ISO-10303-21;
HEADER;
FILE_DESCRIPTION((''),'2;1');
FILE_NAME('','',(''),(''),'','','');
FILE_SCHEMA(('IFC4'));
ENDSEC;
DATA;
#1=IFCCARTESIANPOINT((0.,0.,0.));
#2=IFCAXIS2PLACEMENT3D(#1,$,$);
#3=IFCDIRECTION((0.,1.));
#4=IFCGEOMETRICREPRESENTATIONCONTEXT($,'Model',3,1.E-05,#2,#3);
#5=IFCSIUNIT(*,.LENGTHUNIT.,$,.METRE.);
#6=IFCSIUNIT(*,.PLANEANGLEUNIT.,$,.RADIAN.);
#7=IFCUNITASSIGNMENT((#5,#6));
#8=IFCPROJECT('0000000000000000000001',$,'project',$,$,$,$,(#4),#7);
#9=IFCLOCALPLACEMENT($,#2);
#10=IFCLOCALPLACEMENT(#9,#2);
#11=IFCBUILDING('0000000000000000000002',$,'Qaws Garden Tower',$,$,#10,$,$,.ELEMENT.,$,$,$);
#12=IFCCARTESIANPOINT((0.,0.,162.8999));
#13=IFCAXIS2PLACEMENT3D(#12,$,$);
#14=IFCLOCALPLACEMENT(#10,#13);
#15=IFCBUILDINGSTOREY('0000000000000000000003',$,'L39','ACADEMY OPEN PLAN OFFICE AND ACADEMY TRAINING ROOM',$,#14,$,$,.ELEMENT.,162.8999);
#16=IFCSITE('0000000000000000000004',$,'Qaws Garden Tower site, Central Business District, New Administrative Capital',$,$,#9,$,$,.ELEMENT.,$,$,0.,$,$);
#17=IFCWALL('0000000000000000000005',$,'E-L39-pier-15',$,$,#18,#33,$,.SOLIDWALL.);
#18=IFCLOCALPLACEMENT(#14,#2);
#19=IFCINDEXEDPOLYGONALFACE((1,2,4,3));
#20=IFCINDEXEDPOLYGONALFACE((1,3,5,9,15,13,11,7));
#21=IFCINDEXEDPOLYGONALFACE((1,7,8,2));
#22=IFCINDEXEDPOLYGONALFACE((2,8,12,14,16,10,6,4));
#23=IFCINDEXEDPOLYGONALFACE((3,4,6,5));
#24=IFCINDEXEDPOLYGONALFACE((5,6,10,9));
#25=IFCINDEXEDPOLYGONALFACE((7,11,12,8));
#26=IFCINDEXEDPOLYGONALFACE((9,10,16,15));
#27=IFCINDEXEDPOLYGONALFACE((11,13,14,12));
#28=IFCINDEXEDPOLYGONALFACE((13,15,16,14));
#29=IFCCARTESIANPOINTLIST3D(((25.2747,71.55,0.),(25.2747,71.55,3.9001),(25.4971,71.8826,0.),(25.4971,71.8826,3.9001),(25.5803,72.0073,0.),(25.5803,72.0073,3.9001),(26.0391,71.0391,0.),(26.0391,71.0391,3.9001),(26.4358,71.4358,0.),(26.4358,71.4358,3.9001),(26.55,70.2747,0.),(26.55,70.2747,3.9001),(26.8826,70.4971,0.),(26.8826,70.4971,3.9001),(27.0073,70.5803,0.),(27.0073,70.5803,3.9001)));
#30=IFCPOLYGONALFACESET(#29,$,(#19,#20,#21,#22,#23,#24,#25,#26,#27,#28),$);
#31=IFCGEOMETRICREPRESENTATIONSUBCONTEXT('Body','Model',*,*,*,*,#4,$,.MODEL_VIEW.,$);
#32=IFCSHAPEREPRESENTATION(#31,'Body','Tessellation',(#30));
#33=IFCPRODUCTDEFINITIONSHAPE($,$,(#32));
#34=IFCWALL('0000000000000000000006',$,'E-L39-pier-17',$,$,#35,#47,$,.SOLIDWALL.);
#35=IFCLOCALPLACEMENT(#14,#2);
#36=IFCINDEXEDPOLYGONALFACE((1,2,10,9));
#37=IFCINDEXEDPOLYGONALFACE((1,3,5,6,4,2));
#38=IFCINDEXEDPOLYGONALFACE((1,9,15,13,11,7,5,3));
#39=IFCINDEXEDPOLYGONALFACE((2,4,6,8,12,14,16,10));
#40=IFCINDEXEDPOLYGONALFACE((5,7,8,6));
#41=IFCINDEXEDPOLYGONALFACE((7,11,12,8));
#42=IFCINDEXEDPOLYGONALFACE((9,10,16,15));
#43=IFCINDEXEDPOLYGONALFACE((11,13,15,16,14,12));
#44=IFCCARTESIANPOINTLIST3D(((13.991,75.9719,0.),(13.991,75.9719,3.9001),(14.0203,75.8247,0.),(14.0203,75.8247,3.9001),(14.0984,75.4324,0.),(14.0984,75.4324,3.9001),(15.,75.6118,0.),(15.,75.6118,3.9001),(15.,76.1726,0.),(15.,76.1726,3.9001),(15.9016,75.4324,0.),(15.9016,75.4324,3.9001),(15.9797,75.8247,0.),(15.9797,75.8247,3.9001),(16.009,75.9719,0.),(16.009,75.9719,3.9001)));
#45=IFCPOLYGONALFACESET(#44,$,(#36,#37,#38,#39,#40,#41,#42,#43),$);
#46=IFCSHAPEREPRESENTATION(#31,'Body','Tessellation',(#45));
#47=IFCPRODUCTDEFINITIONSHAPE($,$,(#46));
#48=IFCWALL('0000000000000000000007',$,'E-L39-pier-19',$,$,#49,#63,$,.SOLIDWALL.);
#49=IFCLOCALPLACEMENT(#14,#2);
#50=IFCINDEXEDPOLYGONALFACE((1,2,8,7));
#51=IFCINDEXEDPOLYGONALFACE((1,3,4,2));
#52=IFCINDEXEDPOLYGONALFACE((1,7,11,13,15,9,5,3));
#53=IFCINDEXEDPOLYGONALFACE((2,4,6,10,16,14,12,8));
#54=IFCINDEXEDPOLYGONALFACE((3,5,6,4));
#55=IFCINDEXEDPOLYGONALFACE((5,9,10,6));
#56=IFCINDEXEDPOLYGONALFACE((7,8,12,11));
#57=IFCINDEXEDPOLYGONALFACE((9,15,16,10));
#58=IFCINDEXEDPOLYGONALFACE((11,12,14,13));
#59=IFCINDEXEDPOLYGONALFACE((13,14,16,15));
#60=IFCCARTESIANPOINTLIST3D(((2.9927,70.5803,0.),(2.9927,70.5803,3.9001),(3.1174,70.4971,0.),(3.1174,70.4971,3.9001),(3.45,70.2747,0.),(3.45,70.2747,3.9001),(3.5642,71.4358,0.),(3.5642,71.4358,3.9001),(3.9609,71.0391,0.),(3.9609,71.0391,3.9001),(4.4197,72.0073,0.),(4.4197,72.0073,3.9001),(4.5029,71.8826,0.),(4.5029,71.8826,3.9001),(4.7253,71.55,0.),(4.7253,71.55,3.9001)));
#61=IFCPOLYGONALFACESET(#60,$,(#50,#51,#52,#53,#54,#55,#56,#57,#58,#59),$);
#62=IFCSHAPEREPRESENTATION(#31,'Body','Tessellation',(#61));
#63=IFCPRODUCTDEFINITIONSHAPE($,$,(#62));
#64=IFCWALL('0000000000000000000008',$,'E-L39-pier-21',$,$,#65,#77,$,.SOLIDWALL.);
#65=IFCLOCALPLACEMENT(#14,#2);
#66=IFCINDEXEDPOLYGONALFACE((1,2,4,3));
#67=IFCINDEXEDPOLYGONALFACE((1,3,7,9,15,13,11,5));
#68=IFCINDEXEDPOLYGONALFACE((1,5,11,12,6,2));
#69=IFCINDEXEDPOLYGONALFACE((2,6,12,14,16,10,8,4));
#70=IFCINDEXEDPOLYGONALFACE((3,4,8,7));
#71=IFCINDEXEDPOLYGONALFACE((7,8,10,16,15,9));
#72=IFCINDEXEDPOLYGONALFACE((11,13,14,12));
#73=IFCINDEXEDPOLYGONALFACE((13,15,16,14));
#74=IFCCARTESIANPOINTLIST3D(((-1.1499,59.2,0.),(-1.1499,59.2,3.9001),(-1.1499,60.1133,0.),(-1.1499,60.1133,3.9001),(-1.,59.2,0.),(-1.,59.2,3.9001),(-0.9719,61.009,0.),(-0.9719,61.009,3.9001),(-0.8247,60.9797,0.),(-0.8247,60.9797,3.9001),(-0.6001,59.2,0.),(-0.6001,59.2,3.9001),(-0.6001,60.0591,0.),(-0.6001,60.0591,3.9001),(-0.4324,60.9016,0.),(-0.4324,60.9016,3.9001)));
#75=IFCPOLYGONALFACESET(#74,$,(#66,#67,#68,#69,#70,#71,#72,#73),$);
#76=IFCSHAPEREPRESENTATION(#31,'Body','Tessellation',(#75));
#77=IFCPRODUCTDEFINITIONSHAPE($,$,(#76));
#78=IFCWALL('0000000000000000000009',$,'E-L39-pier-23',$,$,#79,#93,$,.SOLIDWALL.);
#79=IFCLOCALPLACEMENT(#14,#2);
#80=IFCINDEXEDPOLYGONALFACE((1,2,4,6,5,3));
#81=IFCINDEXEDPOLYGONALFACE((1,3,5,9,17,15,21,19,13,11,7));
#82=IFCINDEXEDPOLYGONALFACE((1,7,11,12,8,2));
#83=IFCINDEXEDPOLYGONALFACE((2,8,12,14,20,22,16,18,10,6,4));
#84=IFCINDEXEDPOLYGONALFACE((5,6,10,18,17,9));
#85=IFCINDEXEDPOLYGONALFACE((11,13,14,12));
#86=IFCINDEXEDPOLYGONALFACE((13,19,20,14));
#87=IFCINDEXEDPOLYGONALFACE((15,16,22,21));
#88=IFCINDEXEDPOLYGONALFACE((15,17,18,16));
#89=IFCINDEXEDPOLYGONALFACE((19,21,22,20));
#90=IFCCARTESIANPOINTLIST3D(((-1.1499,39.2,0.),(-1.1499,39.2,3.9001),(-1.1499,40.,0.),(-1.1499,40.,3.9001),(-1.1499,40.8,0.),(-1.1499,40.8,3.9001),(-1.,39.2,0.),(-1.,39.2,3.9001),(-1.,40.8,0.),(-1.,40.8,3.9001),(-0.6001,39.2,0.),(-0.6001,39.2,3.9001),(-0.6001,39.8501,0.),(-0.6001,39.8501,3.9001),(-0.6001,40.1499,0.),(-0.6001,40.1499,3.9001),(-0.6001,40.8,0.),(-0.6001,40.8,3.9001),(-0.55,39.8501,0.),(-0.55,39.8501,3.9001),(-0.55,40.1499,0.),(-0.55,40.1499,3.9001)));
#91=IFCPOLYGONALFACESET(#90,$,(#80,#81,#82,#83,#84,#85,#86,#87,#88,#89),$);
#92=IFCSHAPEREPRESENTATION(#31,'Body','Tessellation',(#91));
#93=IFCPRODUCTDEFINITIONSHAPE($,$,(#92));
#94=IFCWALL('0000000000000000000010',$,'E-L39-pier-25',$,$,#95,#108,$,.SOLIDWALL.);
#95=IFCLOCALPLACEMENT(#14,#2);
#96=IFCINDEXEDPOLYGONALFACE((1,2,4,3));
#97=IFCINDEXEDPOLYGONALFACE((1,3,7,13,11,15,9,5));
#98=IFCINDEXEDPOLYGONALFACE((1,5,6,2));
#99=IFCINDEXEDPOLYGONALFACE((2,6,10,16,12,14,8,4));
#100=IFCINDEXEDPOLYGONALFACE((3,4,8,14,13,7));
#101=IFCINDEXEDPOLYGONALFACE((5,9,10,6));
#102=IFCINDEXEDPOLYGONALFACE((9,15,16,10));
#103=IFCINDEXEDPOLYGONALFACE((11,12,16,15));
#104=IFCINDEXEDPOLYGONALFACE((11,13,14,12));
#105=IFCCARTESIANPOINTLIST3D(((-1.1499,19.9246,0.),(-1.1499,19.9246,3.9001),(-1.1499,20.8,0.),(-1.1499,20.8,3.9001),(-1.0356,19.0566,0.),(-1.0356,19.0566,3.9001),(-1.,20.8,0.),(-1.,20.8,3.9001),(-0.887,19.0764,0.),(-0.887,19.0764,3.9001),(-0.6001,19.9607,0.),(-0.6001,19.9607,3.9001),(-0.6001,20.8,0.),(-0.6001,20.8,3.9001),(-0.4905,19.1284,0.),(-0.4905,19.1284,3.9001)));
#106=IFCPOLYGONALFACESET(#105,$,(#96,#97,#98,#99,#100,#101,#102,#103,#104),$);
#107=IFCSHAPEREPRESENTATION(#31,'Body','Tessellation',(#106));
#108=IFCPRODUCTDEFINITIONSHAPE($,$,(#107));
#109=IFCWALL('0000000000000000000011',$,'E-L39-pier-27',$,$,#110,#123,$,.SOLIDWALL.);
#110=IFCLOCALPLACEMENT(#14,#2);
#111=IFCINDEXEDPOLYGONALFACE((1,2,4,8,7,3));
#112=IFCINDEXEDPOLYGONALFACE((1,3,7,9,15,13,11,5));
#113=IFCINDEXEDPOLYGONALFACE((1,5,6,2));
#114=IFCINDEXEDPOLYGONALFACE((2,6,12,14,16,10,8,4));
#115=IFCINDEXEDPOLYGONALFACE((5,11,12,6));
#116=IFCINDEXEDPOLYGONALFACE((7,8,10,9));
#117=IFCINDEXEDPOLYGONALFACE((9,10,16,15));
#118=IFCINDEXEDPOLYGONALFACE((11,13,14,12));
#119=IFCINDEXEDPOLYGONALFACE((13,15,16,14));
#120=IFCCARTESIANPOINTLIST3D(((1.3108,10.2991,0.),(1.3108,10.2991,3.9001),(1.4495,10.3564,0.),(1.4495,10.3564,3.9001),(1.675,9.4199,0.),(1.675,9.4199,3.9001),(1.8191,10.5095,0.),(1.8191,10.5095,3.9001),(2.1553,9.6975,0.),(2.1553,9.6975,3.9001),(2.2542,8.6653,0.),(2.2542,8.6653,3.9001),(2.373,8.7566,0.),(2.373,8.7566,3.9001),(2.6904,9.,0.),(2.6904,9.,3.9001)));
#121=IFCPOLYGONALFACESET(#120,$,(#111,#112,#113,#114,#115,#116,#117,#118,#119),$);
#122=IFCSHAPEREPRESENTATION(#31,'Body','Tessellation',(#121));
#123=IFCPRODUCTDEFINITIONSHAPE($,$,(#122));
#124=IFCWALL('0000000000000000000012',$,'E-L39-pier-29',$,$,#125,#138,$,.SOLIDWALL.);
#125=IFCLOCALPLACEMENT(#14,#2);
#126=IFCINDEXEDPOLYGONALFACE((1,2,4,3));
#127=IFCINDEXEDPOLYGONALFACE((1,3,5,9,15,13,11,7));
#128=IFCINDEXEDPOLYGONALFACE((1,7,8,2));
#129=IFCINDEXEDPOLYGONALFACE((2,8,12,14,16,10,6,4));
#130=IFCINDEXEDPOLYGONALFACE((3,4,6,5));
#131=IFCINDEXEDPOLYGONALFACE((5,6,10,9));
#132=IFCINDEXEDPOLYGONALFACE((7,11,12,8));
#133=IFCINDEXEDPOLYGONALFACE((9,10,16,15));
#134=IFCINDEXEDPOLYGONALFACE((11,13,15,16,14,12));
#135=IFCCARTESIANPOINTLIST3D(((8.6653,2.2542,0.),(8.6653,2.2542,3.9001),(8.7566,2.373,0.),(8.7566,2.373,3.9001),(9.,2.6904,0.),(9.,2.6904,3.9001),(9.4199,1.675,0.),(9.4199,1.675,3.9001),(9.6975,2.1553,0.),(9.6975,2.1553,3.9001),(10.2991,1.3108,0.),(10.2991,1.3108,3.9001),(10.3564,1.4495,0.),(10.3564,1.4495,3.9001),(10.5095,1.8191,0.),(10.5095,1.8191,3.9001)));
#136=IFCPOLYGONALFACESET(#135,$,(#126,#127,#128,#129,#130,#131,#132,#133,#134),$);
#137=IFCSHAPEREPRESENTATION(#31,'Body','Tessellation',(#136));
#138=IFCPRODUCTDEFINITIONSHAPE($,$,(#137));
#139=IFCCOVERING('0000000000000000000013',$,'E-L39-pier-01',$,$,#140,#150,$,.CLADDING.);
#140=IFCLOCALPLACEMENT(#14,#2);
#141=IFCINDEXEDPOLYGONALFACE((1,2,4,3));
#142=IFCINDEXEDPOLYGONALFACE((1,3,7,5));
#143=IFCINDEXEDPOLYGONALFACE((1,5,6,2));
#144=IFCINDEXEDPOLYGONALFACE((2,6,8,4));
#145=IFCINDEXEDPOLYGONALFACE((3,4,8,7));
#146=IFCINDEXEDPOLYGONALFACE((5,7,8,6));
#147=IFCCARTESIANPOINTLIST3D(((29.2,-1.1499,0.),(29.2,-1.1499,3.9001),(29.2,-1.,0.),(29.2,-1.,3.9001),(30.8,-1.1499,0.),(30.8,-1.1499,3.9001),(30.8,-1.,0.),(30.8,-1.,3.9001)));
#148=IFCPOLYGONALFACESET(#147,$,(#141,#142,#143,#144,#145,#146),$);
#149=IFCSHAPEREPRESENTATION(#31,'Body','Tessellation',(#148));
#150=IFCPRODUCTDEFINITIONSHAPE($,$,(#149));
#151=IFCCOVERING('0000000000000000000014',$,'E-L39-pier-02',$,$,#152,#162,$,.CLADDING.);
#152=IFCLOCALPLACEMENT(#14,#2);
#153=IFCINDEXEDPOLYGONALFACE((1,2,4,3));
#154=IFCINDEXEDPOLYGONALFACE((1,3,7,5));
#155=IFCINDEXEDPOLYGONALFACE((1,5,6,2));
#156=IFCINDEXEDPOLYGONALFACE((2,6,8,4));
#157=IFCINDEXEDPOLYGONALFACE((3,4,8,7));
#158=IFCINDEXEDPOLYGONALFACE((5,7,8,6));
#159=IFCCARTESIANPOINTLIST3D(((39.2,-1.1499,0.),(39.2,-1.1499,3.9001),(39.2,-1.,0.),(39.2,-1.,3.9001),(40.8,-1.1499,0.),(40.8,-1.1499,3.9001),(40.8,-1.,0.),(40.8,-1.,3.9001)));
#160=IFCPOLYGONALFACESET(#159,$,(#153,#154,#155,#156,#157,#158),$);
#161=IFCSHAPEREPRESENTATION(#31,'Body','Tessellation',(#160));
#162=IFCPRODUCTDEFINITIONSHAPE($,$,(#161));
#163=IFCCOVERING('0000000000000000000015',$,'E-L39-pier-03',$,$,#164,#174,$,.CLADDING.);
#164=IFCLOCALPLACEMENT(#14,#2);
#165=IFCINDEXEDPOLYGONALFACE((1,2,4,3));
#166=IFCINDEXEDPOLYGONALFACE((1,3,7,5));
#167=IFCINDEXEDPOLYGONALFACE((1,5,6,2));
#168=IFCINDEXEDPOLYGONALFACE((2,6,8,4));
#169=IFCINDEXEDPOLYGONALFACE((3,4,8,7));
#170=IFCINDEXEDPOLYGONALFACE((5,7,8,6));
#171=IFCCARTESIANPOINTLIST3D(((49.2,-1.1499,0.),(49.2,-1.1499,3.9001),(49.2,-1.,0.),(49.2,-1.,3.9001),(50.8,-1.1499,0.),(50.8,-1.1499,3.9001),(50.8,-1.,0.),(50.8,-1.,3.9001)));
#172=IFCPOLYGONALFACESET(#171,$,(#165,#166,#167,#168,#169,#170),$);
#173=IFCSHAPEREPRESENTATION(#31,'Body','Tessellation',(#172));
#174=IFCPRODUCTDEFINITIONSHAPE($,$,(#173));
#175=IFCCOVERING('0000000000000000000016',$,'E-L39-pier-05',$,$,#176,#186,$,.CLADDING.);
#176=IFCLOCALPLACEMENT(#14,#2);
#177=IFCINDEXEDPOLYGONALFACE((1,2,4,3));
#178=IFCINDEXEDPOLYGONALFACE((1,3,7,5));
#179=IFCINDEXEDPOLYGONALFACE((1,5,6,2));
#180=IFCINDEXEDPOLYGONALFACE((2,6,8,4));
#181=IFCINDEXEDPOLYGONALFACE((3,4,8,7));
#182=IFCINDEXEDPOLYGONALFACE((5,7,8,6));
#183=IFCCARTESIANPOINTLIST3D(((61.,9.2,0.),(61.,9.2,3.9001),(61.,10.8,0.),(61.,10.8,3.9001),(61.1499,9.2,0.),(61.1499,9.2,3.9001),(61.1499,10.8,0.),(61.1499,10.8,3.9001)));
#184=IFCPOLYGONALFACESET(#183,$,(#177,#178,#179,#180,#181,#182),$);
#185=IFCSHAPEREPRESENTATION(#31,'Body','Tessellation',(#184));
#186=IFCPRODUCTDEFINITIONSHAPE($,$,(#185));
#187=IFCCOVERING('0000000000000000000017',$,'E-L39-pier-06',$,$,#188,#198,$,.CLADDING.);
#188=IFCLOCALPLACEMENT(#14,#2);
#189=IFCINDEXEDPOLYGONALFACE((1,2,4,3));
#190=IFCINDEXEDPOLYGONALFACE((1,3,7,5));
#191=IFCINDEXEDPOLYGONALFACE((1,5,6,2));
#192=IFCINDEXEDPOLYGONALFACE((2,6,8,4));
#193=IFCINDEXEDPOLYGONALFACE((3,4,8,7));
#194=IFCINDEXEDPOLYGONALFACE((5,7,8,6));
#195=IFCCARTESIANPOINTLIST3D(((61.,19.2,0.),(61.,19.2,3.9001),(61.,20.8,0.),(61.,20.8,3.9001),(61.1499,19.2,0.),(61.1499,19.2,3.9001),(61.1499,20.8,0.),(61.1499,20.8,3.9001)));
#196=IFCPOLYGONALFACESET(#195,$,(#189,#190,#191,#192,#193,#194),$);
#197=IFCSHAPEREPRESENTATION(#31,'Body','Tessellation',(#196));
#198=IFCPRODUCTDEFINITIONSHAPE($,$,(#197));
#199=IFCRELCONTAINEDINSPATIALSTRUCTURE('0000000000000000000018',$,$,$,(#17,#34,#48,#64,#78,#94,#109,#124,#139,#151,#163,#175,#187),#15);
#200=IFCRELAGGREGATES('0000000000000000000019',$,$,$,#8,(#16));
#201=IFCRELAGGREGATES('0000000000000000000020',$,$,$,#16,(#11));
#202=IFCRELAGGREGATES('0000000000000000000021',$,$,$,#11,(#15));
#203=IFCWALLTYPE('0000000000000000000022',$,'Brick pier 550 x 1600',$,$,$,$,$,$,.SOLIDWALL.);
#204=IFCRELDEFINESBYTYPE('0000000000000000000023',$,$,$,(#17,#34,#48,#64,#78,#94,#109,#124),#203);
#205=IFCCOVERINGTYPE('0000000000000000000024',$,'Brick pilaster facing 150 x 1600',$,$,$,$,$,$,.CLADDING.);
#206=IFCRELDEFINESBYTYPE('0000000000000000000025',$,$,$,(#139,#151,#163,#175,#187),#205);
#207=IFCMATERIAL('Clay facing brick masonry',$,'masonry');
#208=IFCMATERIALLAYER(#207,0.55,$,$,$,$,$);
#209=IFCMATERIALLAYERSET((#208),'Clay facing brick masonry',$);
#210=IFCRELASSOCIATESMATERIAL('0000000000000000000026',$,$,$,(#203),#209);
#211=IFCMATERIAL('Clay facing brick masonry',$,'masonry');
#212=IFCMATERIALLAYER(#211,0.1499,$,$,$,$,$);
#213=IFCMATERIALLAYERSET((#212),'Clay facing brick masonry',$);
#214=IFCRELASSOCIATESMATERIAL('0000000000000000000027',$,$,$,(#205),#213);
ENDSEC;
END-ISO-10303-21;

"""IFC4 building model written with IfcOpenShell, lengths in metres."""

from ifc_helpers import new_model, si_unit, direction, frame, origin, place, context, subcontext, project, spatial, polyline, outline, extrude, material, layer, layer_set, type_object, element, save


model = new_model("IFC4")

# Units and contexts
model_context = context("Model", 3, precision=1e-05, world=origin(), true_north=direction((0.0, 1.0)))
body_context = subcontext(model_context, "Body", "Model", "MODEL_VIEW")
ifc_project = project(units=[si_unit("LENGTHUNIT", "METRE"), si_unit("PLANEANGLEUNIT", "RADIAN")], contexts=[model_context])

# Site, building, storey
site_placement = place(None, origin())
site = spatial("IfcSite", under=ifc_project, at=site_placement, Name="Qaws Garden Tower site, Central Business District, New Administrative Capital", CompositionType="ELEMENT", RefElevation=0.0)
building_placement = place(site_placement, origin())
building = spatial("IfcBuilding", under=site, at=building_placement, Name="Qaws Garden Tower", CompositionType="ELEMENT")
storey_placement = place(building_placement, frame((0.0, 0.0, 162.8999)))
storey = spatial("IfcBuildingStorey", under=building, at=storey_placement, Name="L39", Description="ACADEMY OPEN PLAN OFFICE AND ACADEMY TRAINING ROOM", CompositionType="ELEMENT", Elevation=162.8999)

# Walls
placement = place(storey_placement, origin())
ifc_material_1 = material(Name="Clay facing brick masonry", Category="masonry")
ifc_layer_1 = layer(ifc_material_1, 0.55)
ifc_layer_set_1 = layer_set([ifc_layer_1], Name="Clay facing brick masonry")
wall_type_1 = type_object("IfcWallType", Name="Brick pier 550 x 1600", PredefinedType="SOLIDWALL", material=ifc_layer_set_1)
element("IfcWall", 1, at=placement, inside=storey, type_object=wall_type_1, Name="E-L39-pier-15", PredefinedType="SOLIDWALL", context=body_context, shape_type="SweptSolid", body=[
    extrude(outline(polyline([(26.8826, 70.4971), (27.0073, 70.5803), (26.4358, 71.4358), (25.5803, 72.0073), (25.4971, 71.8826), (25.2747, 71.55), (26.0391, 71.0391), (26.55, 70.2747), (26.8826, 70.4971)])), origin(), (0.0, 0.0, 1.0), 3.9001),
])
element("IfcWall", 2, at=placement, inside=storey, type_object=wall_type_1, Name="E-L39-pier-17", PredefinedType="SOLIDWALL", context=body_context, shape_type="SweptSolid", body=[
    extrude(outline(polyline([(15.9797, 75.8247), (16.009, 75.9719), (15.0, 76.1726), (13.991, 75.9719), (14.0203, 75.8247), (14.0984, 75.4324), (15.0, 75.6118), (15.9016, 75.4324), (15.9797, 75.8247)])), origin(), (0.0, 0.0, 1.0), 3.9001),
])
element("IfcWall", 3, at=placement, inside=storey, type_object=wall_type_1, Name="E-L39-pier-19", PredefinedType="SOLIDWALL", context=body_context, shape_type="SweptSolid", body=[
    extrude(outline(polyline([(4.5029, 71.8826), (4.4197, 72.0073), (3.5642, 71.4358), (2.9927, 70.5803), (3.1174, 70.4971), (3.45, 70.2747), (3.9609, 71.0391), (4.7253, 71.55), (4.5029, 71.8826)])), origin(), (0.0, 0.0, 1.0), 3.9001),
])
element("IfcWall", 4, at=placement, inside=storey, type_object=wall_type_1, Name="E-L39-pier-21", PredefinedType="SOLIDWALL", context=body_context, shape_type="SweptSolid", body=[
    extrude(outline(polyline([(-0.8247, 60.9797), (-0.9719, 61.009), (-1.1499, 60.1133), (-1.1499, 59.2), (-1.0, 59.2), (-0.6001, 59.2), (-0.6001, 60.0591), (-0.4324, 60.9016), (-0.8247, 60.9797)])), origin(), (0.0, 0.0, 1.0), 3.9001),
])
element("IfcWall", 5, at=placement, inside=storey, type_object=wall_type_1, Name="E-L39-pier-23", PredefinedType="SOLIDWALL", context=body_context, shape_type="SweptSolid", body=[
    extrude(outline(polyline([(-0.6001, 39.2), (-0.6001, 39.8501), (-0.55, 39.8501), (-0.55, 40.1499), (-0.6001, 40.1499), (-0.6001, 40.8), (-1.0, 40.8), (-1.1499, 40.8), (-1.1499, 40.0), (-1.1499, 39.2), (-1.0, 39.2), (-0.6001, 39.2)])), origin(), (0.0, 0.0, 1.0), 3.9001),
])
element("IfcWall", 6, at=placement, inside=storey, type_object=wall_type_1, Name="E-L39-pier-25", PredefinedType="SOLIDWALL", context=body_context, shape_type="SweptSolid", body=[
    extrude(outline(polyline([(-1.0, 20.8), (-1.1499, 20.8), (-1.1499, 19.9246), (-1.0356, 19.0566), (-0.887, 19.0764), (-0.4905, 19.1284), (-0.6001, 19.9607), (-0.6001, 20.8), (-1.0, 20.8)])), origin(), (0.0, 0.0, 1.0), 3.9001),
])
element("IfcWall", 7, at=placement, inside=storey, type_object=wall_type_1, Name="E-L39-pier-27", PredefinedType="SOLIDWALL", context=body_context, shape_type="SweptSolid", body=[
    extrude(outline(polyline([(1.4495, 10.3564), (1.3108, 10.2991), (1.675, 9.4199), (2.2542, 8.6653), (2.373, 8.7566), (2.6904, 9.0), (2.1553, 9.6975), (1.8191, 10.5095), (1.4495, 10.3564)])), origin(), (0.0, 0.0, 1.0), 3.9001),
])
element("IfcWall", 8, at=placement, inside=storey, type_object=wall_type_1, Name="E-L39-pier-29", PredefinedType="SOLIDWALL", context=body_context, shape_type="SweptSolid", body=[
    extrude(outline(polyline([(8.7566, 2.373), (8.6653, 2.2542), (9.4199, 1.675), (10.2991, 1.3108), (10.3564, 1.4495), (10.5095, 1.8191), (9.6975, 2.1553), (9.0, 2.6904), (8.7566, 2.373)])), origin(), (0.0, 0.0, 1.0), 3.9001),
])

# Coverings
ifc_material_2 = material(Name="Clay facing brick masonry", Category="masonry")
ifc_layer_2 = layer(ifc_material_2, 0.1499)
ifc_layer_set_2 = layer_set([ifc_layer_2], Name="Clay facing brick masonry")
covering_type = type_object("IfcCoveringType", Name="Brick pilaster facing 150 x 1600", PredefinedType="CLADDING", material=ifc_layer_set_2)
element("IfcCovering", 9, at=placement, inside=storey, type_object=covering_type, Name="E-L39-pier-01", PredefinedType="CLADDING", context=body_context, shape_type="SweptSolid", body=[
    extrude(outline(polyline([(29.2, -1.0), (30.8, -1.0), (30.8, -1.1499), (29.2, -1.1499), (29.2, -1.0)])), origin(), (0.0, 0.0, 1.0), 3.9001),
])
element("IfcCovering", 10, at=placement, inside=storey, type_object=covering_type, Name="E-L39-pier-02", PredefinedType="CLADDING", context=body_context, shape_type="SweptSolid", body=[
    extrude(outline(polyline([(39.2, -1.0), (40.8, -1.0), (40.8, -1.1499), (39.2, -1.1499), (39.2, -1.0)])), origin(), (0.0, 0.0, 1.0), 3.9001),
])
element("IfcCovering", 11, at=placement, inside=storey, type_object=covering_type, Name="E-L39-pier-03", PredefinedType="CLADDING", context=body_context, shape_type="SweptSolid", body=[
    extrude(outline(polyline([(49.2, -1.0), (50.8, -1.0), (50.8, -1.1499), (49.2, -1.1499), (49.2, -1.0)])), origin(), (0.0, 0.0, 1.0), 3.9001),
])
element("IfcCovering", 12, at=placement, inside=storey, type_object=covering_type, Name="E-L39-pier-05", PredefinedType="CLADDING", context=body_context, shape_type="SweptSolid", body=[
    extrude(outline(polyline([(61.0, 9.2), (61.0, 10.8), (61.1499, 10.8), (61.1499, 9.2), (61.0, 9.2)])), origin(), (0.0, 0.0, 1.0), 3.9001),
])
element("IfcCovering", 13, at=placement, inside=storey, type_object=covering_type, Name="E-L39-pier-06", PredefinedType="CLADDING", context=body_context, shape_type="SweptSolid", body=[
    extrude(outline(polyline([(61.0, 19.2), (61.0, 20.8), (61.1499, 20.8), (61.1499, 19.2), (61.0, 19.2)])), origin(), (0.0, 0.0, 1.0), 3.9001),
])

save(model, "model.ifc")
